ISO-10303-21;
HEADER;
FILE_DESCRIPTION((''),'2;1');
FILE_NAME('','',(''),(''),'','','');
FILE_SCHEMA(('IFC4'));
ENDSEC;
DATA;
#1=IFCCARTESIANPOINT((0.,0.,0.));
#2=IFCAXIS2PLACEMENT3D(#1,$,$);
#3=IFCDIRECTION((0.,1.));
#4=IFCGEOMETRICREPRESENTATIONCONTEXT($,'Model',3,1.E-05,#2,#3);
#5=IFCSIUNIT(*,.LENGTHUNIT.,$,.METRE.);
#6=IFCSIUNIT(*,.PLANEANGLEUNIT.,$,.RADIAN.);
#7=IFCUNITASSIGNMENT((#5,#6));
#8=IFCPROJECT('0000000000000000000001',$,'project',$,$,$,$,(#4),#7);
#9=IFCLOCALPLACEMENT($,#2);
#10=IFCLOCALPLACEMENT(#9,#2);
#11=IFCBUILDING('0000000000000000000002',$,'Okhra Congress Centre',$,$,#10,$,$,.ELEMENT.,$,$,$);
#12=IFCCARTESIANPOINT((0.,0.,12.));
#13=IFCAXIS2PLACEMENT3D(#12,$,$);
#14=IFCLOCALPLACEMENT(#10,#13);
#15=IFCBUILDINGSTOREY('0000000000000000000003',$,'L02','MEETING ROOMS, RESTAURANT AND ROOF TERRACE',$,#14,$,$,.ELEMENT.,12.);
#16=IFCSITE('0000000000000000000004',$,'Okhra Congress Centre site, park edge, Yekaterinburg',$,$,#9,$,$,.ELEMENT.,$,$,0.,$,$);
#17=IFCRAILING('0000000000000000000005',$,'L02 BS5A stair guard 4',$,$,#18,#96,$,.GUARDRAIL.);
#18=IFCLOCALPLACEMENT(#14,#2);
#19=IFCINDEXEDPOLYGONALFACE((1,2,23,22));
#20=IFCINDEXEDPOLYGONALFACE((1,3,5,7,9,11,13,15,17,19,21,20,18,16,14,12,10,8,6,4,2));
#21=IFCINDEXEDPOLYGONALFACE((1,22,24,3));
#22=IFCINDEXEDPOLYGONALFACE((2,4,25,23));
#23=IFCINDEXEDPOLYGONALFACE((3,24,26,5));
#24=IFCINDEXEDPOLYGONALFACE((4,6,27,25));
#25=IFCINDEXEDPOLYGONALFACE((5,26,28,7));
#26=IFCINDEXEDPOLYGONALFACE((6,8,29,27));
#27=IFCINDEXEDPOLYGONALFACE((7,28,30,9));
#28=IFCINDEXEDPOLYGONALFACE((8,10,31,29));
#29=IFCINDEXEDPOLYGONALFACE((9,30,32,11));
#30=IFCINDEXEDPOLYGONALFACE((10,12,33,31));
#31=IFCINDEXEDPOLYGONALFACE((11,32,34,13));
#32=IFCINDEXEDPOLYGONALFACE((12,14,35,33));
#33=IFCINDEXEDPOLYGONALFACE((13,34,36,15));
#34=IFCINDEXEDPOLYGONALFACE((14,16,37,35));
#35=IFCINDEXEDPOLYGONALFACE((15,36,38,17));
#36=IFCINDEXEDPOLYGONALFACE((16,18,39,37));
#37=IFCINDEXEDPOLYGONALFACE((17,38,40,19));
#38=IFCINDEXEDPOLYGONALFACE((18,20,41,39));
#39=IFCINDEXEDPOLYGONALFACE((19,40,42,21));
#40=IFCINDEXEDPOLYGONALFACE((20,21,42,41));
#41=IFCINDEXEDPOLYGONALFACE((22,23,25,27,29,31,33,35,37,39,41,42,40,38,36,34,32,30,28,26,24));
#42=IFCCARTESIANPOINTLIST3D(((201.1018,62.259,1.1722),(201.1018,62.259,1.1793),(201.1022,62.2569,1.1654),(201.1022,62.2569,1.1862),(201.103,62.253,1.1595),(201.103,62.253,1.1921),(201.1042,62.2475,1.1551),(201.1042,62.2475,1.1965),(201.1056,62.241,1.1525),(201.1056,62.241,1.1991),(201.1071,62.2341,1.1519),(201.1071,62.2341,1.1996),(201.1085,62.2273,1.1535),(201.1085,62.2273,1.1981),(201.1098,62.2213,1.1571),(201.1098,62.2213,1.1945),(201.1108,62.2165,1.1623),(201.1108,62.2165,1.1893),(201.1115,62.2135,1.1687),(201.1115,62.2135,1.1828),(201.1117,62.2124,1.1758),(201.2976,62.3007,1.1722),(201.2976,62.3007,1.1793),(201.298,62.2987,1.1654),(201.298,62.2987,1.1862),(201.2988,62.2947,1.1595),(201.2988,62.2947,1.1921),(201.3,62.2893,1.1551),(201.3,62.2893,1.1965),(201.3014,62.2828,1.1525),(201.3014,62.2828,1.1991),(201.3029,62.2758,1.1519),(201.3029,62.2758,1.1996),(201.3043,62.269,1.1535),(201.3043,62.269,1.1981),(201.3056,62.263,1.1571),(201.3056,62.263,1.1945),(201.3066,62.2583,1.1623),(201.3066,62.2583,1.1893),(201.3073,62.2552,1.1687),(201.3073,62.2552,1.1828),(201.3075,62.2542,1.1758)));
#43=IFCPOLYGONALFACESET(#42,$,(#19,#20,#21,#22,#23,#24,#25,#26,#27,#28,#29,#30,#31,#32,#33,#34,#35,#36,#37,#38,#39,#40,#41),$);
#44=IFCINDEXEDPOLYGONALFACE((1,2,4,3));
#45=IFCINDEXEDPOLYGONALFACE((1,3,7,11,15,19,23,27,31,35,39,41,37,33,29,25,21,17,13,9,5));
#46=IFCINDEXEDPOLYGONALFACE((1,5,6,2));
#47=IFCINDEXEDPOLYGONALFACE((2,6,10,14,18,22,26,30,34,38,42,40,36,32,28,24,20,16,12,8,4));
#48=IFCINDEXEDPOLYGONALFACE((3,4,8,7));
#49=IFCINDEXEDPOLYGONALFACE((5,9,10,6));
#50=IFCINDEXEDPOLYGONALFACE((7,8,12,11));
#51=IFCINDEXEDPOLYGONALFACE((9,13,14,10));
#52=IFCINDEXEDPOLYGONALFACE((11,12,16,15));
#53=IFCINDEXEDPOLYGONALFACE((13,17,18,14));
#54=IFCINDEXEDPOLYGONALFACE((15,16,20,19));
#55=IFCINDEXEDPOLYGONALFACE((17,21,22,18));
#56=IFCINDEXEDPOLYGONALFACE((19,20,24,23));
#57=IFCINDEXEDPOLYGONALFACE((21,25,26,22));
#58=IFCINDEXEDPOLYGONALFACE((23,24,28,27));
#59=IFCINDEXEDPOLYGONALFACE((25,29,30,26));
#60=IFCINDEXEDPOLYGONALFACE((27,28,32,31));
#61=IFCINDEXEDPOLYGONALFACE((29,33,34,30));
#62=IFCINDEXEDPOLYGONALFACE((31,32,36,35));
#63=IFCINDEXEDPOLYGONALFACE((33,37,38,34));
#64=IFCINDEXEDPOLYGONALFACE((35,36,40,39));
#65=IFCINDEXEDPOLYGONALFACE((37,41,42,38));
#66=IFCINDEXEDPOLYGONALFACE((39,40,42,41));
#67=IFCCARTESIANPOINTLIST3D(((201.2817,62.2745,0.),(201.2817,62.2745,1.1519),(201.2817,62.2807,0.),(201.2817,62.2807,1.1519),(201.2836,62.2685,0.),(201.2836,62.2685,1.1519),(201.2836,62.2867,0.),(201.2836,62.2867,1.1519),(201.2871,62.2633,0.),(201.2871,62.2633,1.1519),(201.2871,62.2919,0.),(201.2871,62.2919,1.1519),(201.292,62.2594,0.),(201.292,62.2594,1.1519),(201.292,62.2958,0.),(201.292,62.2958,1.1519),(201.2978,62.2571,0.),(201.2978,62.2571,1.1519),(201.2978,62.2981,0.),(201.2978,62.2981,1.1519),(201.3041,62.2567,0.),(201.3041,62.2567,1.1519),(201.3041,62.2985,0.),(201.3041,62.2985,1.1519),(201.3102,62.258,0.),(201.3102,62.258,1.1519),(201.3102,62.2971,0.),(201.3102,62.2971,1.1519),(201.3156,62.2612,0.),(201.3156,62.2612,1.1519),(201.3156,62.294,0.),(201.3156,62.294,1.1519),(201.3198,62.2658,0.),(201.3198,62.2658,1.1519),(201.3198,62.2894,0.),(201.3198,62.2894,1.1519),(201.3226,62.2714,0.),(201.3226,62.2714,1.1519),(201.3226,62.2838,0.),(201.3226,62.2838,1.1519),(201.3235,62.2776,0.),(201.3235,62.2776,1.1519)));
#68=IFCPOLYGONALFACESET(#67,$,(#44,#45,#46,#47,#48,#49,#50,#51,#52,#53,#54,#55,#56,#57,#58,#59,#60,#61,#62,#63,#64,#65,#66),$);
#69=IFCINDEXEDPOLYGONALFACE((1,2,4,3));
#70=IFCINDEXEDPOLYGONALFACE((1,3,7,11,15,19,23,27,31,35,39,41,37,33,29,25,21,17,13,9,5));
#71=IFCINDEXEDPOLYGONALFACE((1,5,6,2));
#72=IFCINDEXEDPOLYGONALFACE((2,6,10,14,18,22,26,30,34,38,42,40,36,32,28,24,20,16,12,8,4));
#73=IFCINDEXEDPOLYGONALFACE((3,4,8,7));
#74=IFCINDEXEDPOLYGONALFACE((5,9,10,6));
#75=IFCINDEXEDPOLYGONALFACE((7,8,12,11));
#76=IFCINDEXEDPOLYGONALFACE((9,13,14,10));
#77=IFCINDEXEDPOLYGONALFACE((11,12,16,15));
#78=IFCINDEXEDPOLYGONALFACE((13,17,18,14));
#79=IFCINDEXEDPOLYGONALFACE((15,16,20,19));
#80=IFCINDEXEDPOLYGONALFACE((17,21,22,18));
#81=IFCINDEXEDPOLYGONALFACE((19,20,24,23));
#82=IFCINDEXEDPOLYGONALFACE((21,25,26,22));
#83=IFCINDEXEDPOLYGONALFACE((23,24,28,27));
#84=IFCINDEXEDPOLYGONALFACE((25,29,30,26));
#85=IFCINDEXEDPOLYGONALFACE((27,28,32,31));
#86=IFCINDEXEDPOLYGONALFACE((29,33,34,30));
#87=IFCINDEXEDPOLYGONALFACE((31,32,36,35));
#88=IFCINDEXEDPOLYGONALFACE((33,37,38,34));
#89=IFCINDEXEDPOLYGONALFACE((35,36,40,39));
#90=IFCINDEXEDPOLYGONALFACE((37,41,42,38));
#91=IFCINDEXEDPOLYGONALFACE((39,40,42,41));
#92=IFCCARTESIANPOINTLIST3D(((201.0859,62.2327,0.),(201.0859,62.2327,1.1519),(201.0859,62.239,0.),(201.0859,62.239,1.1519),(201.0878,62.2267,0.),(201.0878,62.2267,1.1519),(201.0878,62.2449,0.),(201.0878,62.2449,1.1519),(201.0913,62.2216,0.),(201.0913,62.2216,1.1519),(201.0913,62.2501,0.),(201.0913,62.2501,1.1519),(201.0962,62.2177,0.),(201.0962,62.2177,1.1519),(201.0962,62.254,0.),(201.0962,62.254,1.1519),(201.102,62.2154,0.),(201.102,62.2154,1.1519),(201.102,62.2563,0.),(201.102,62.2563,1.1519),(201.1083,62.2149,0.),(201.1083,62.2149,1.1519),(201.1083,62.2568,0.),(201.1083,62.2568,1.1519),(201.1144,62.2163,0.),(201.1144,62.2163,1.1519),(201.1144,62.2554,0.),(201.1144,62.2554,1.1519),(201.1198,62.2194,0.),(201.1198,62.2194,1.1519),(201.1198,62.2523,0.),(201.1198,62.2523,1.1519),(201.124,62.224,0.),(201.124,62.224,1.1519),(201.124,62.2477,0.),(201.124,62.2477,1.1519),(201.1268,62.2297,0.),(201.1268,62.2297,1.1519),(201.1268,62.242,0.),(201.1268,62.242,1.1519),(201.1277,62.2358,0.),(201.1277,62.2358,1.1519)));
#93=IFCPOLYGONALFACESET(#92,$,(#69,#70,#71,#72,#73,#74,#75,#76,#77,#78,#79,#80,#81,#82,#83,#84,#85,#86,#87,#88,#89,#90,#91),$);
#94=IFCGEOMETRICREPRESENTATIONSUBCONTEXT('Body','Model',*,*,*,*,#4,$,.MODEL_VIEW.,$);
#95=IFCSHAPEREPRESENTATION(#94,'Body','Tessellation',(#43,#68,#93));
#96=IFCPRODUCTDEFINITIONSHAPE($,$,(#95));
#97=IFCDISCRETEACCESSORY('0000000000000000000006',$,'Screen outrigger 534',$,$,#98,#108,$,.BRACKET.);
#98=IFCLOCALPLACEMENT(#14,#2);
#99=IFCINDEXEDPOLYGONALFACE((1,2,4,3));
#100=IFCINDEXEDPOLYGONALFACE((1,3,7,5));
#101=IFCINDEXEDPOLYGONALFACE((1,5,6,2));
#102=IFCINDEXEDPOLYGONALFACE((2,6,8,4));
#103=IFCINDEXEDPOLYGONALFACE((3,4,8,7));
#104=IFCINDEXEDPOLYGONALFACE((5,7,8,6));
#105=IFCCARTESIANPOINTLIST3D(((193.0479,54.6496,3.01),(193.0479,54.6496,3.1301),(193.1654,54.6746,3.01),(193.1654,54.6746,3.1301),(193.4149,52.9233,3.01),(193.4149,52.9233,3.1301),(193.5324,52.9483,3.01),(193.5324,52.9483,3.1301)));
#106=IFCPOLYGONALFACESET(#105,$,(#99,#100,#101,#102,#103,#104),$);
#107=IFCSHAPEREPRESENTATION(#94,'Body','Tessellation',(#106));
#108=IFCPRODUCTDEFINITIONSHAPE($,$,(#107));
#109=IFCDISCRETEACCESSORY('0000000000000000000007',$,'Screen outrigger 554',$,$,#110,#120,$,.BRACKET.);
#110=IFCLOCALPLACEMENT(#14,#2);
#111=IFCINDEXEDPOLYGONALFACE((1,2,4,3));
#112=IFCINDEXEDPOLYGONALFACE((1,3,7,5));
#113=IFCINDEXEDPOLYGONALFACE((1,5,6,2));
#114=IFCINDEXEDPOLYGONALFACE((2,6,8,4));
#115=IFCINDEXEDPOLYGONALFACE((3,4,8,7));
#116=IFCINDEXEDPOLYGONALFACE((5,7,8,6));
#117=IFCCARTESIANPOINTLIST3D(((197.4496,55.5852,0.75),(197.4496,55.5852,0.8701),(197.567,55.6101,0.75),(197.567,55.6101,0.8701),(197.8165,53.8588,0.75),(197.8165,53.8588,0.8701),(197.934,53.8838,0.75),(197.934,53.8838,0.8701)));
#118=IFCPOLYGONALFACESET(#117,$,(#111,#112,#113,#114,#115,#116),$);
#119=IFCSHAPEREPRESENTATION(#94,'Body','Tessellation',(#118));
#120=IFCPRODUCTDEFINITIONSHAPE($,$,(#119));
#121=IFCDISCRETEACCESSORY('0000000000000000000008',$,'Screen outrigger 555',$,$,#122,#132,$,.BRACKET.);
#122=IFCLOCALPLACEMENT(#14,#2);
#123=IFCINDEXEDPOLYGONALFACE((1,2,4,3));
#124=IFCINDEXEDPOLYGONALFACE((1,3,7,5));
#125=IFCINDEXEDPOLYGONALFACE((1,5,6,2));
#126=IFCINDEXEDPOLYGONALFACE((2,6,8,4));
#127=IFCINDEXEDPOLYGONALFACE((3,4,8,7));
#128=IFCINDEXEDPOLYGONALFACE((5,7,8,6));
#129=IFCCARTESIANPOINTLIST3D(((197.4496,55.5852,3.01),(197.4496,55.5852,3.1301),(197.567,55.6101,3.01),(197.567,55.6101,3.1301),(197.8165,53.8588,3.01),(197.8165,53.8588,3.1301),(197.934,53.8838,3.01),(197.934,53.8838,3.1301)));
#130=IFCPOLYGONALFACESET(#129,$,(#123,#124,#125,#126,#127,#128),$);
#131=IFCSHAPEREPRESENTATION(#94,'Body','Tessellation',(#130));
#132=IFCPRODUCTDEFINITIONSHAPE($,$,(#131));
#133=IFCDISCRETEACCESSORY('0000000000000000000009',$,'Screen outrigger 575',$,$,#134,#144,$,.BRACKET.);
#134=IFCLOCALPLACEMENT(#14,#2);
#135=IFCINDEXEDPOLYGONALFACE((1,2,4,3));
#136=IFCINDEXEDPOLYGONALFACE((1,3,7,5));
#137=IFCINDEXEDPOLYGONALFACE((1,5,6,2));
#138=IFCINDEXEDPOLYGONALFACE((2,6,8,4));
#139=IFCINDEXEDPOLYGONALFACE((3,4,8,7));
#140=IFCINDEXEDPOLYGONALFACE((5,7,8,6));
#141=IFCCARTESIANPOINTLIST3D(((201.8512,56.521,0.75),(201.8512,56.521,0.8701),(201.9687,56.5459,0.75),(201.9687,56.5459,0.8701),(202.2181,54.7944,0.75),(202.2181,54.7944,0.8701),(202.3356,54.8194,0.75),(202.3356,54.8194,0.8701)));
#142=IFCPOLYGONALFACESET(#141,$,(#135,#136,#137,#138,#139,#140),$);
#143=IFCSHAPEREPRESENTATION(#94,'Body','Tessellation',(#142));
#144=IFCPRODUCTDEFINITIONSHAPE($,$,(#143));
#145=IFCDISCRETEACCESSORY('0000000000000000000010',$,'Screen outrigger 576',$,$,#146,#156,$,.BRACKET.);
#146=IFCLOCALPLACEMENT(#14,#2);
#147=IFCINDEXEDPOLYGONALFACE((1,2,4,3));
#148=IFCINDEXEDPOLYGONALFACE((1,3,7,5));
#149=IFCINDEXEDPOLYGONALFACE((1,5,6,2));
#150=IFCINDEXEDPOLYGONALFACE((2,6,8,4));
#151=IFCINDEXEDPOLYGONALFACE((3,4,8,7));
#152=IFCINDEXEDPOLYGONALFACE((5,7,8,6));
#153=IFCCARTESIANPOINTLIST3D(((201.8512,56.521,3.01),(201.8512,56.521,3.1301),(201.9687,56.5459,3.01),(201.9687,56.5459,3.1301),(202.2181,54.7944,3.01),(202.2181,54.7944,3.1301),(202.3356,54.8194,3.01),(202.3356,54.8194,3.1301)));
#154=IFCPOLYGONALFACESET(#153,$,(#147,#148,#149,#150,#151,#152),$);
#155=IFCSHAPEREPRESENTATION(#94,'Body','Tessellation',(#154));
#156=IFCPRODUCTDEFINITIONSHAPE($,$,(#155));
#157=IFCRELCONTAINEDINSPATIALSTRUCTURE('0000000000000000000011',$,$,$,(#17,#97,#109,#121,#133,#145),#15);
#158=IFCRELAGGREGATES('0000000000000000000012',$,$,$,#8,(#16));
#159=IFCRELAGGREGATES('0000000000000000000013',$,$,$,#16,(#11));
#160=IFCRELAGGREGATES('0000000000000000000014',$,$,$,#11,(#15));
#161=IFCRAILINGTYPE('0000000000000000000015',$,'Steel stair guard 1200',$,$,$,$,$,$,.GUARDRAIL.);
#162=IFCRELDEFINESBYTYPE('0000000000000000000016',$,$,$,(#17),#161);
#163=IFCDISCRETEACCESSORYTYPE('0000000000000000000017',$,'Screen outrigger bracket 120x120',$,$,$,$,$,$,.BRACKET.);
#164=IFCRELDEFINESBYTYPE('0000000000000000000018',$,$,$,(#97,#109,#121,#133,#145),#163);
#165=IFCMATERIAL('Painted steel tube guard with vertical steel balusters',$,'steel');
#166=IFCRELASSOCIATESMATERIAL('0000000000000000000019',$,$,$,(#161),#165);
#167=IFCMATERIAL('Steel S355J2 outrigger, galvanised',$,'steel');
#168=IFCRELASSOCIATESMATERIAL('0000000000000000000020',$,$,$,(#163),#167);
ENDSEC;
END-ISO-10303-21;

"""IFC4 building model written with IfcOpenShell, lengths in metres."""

from ifc_helpers import new_model, si_unit, direction, frame, origin, origin_2d, place, context, subcontext, project, spatial, rectangle, circle, extrude, material, material_profile, profile_set, type_object, element, save


model = new_model("IFC4")

# Units and contexts
model_context = context("Model", 3, precision=1e-05, world=origin(), true_north=direction((0.0, 1.0)))
body_context = subcontext(model_context, "Body", "Model", "MODEL_VIEW")
ifc_project = project(units=[si_unit("LENGTHUNIT", "METRE"), si_unit("PLANEANGLEUNIT", "RADIAN")], contexts=[model_context])

# Site, building, storey
site_placement = place(None, origin())
site = spatial("IfcSite", under=ifc_project, at=site_placement, Name="Okhra Congress Centre site, park edge, Yekaterinburg", CompositionType="ELEMENT", RefElevation=0.0)
building_placement = place(site_placement, origin())
building = spatial("IfcBuilding", under=site, at=building_placement, Name="Okhra Congress Centre", CompositionType="ELEMENT")
storey_placement = place(building_placement, frame((0.0, 0.0, 12.0)))
storey = spatial("IfcBuildingStorey", under=building, at=storey_placement, Name="L02", Description="MEETING ROOMS, RESTAURANT AND ROOF TERRACE", CompositionType="ELEMENT", Elevation=12.0)

# Railing
ifc_material_1 = material(Name="Painted steel tube guard with vertical steel balusters", Category="steel")
railing_type_1 = type_object("IfcRailingType", Name="Steel stair guard 1200", PredefinedType="GUARDRAIL", material=ifc_material_1)
railing_1_placement = place(storey_placement, frame((201.3025, 62.2776, 0.0)))
element("IfcRailing", 1, at=railing_1_placement, inside=storey, type_object=railing_type_1, Name="L02 BS5A stair guard 4", PredefinedType="GUARDRAIL", context=body_context, shape_type="SweptSolid", body=[
    extrude(circle(Radius=0.0239, at=origin_2d()), frame((0.0, 0.0, 1.1758), z_axis=(-0.978016, -0.20853, 0.0), x_axis=(0.20853, -0.978016, 0.0)), (0.0, 0.0, 1.0), 0.2002),
    extrude(circle(Radius=0.021, at=origin_2d()), origin(), (0.0, 0.0, 1.0), 1.1519),
    extrude(circle(Radius=0.021, at=origin_2d()), frame((-0.1958, -0.0417, 0.0)), (0.0, 0.0, 1.0), 1.1519),
])

# Discrete accessories
ifc_material_2 = material(Name="Steel S355J2 outrigger, galvanised", Category="steel")
ifc_material_profile_1 = material_profile(ifc_material_2, rectangle(XDim=0.1201, YDim=0.1201, at=origin_2d()), Name="Screen outrigger bracket 120x120")
ifc_profile_set_1 = profile_set([ifc_material_profile_1], Name="Steel S355J2 outrigger, galvanised")
discrete_accessory_type = type_object("IfcDiscreteAccessoryType", Name="Screen outrigger bracket 120x120", PredefinedType="BRACKET", material=ifc_profile_set_1)
for number, where, z_axis, x_axis, name in (
    (2, (193.1067, 54.6621, 3.0701), (0.207913, -0.978147, 0.0), (0.978147, 0.207913, 0.0), "Screen outrigger 534"),
    (3, (197.5083, 55.5977, 0.8101), (0.207913, -0.978147, 0.0), (0.978147, 0.207913, 0.0), "Screen outrigger 554"),
    (4, (197.5083, 55.5977, 3.0701), (0.207913, -0.978147, 0.0), (0.978147, 0.207913, 0.0), "Screen outrigger 555"),
):
    element("IfcDiscreteAccessory", number, at=place(storey_placement, frame(where, z_axis=z_axis, x_axis=x_axis)), inside=storey, type_object=discrete_accessory_type, Name=name, PredefinedType="BRACKET", context=body_context, shape_type="SweptSolid", body=[
        extrude(rectangle(XDim=0.1201, YDim=0.1201, at=origin_2d()), origin(), (0.0, 0.0, 1.0), 1.7649),
    ])
for number, where, z_axis, x_axis, name in (
    (5, (201.9099, 56.5334, 0.8101), (0.207885, -0.978153, 0.0), (0.978153, 0.207885, 0.0), "Screen outrigger 575"),
    (6, (201.9099, 56.5334, 3.0701), (0.207885, -0.978153, 0.0), (0.978153, 0.207885, 0.0), "Screen outrigger 576"),
):
    element("IfcDiscreteAccessory", number, at=place(storey_placement, frame(where, z_axis=z_axis, x_axis=x_axis)), inside=storey, type_object=discrete_accessory_type, Name=name, PredefinedType="BRACKET", context=body_context, shape_type="SweptSolid", body=[
        extrude(rectangle(XDim=0.1201, YDim=0.1201, at=origin_2d()), origin(), (0.0, 0.0, 1.0), 1.7651),
    ])

save(model, "model.ifc")
